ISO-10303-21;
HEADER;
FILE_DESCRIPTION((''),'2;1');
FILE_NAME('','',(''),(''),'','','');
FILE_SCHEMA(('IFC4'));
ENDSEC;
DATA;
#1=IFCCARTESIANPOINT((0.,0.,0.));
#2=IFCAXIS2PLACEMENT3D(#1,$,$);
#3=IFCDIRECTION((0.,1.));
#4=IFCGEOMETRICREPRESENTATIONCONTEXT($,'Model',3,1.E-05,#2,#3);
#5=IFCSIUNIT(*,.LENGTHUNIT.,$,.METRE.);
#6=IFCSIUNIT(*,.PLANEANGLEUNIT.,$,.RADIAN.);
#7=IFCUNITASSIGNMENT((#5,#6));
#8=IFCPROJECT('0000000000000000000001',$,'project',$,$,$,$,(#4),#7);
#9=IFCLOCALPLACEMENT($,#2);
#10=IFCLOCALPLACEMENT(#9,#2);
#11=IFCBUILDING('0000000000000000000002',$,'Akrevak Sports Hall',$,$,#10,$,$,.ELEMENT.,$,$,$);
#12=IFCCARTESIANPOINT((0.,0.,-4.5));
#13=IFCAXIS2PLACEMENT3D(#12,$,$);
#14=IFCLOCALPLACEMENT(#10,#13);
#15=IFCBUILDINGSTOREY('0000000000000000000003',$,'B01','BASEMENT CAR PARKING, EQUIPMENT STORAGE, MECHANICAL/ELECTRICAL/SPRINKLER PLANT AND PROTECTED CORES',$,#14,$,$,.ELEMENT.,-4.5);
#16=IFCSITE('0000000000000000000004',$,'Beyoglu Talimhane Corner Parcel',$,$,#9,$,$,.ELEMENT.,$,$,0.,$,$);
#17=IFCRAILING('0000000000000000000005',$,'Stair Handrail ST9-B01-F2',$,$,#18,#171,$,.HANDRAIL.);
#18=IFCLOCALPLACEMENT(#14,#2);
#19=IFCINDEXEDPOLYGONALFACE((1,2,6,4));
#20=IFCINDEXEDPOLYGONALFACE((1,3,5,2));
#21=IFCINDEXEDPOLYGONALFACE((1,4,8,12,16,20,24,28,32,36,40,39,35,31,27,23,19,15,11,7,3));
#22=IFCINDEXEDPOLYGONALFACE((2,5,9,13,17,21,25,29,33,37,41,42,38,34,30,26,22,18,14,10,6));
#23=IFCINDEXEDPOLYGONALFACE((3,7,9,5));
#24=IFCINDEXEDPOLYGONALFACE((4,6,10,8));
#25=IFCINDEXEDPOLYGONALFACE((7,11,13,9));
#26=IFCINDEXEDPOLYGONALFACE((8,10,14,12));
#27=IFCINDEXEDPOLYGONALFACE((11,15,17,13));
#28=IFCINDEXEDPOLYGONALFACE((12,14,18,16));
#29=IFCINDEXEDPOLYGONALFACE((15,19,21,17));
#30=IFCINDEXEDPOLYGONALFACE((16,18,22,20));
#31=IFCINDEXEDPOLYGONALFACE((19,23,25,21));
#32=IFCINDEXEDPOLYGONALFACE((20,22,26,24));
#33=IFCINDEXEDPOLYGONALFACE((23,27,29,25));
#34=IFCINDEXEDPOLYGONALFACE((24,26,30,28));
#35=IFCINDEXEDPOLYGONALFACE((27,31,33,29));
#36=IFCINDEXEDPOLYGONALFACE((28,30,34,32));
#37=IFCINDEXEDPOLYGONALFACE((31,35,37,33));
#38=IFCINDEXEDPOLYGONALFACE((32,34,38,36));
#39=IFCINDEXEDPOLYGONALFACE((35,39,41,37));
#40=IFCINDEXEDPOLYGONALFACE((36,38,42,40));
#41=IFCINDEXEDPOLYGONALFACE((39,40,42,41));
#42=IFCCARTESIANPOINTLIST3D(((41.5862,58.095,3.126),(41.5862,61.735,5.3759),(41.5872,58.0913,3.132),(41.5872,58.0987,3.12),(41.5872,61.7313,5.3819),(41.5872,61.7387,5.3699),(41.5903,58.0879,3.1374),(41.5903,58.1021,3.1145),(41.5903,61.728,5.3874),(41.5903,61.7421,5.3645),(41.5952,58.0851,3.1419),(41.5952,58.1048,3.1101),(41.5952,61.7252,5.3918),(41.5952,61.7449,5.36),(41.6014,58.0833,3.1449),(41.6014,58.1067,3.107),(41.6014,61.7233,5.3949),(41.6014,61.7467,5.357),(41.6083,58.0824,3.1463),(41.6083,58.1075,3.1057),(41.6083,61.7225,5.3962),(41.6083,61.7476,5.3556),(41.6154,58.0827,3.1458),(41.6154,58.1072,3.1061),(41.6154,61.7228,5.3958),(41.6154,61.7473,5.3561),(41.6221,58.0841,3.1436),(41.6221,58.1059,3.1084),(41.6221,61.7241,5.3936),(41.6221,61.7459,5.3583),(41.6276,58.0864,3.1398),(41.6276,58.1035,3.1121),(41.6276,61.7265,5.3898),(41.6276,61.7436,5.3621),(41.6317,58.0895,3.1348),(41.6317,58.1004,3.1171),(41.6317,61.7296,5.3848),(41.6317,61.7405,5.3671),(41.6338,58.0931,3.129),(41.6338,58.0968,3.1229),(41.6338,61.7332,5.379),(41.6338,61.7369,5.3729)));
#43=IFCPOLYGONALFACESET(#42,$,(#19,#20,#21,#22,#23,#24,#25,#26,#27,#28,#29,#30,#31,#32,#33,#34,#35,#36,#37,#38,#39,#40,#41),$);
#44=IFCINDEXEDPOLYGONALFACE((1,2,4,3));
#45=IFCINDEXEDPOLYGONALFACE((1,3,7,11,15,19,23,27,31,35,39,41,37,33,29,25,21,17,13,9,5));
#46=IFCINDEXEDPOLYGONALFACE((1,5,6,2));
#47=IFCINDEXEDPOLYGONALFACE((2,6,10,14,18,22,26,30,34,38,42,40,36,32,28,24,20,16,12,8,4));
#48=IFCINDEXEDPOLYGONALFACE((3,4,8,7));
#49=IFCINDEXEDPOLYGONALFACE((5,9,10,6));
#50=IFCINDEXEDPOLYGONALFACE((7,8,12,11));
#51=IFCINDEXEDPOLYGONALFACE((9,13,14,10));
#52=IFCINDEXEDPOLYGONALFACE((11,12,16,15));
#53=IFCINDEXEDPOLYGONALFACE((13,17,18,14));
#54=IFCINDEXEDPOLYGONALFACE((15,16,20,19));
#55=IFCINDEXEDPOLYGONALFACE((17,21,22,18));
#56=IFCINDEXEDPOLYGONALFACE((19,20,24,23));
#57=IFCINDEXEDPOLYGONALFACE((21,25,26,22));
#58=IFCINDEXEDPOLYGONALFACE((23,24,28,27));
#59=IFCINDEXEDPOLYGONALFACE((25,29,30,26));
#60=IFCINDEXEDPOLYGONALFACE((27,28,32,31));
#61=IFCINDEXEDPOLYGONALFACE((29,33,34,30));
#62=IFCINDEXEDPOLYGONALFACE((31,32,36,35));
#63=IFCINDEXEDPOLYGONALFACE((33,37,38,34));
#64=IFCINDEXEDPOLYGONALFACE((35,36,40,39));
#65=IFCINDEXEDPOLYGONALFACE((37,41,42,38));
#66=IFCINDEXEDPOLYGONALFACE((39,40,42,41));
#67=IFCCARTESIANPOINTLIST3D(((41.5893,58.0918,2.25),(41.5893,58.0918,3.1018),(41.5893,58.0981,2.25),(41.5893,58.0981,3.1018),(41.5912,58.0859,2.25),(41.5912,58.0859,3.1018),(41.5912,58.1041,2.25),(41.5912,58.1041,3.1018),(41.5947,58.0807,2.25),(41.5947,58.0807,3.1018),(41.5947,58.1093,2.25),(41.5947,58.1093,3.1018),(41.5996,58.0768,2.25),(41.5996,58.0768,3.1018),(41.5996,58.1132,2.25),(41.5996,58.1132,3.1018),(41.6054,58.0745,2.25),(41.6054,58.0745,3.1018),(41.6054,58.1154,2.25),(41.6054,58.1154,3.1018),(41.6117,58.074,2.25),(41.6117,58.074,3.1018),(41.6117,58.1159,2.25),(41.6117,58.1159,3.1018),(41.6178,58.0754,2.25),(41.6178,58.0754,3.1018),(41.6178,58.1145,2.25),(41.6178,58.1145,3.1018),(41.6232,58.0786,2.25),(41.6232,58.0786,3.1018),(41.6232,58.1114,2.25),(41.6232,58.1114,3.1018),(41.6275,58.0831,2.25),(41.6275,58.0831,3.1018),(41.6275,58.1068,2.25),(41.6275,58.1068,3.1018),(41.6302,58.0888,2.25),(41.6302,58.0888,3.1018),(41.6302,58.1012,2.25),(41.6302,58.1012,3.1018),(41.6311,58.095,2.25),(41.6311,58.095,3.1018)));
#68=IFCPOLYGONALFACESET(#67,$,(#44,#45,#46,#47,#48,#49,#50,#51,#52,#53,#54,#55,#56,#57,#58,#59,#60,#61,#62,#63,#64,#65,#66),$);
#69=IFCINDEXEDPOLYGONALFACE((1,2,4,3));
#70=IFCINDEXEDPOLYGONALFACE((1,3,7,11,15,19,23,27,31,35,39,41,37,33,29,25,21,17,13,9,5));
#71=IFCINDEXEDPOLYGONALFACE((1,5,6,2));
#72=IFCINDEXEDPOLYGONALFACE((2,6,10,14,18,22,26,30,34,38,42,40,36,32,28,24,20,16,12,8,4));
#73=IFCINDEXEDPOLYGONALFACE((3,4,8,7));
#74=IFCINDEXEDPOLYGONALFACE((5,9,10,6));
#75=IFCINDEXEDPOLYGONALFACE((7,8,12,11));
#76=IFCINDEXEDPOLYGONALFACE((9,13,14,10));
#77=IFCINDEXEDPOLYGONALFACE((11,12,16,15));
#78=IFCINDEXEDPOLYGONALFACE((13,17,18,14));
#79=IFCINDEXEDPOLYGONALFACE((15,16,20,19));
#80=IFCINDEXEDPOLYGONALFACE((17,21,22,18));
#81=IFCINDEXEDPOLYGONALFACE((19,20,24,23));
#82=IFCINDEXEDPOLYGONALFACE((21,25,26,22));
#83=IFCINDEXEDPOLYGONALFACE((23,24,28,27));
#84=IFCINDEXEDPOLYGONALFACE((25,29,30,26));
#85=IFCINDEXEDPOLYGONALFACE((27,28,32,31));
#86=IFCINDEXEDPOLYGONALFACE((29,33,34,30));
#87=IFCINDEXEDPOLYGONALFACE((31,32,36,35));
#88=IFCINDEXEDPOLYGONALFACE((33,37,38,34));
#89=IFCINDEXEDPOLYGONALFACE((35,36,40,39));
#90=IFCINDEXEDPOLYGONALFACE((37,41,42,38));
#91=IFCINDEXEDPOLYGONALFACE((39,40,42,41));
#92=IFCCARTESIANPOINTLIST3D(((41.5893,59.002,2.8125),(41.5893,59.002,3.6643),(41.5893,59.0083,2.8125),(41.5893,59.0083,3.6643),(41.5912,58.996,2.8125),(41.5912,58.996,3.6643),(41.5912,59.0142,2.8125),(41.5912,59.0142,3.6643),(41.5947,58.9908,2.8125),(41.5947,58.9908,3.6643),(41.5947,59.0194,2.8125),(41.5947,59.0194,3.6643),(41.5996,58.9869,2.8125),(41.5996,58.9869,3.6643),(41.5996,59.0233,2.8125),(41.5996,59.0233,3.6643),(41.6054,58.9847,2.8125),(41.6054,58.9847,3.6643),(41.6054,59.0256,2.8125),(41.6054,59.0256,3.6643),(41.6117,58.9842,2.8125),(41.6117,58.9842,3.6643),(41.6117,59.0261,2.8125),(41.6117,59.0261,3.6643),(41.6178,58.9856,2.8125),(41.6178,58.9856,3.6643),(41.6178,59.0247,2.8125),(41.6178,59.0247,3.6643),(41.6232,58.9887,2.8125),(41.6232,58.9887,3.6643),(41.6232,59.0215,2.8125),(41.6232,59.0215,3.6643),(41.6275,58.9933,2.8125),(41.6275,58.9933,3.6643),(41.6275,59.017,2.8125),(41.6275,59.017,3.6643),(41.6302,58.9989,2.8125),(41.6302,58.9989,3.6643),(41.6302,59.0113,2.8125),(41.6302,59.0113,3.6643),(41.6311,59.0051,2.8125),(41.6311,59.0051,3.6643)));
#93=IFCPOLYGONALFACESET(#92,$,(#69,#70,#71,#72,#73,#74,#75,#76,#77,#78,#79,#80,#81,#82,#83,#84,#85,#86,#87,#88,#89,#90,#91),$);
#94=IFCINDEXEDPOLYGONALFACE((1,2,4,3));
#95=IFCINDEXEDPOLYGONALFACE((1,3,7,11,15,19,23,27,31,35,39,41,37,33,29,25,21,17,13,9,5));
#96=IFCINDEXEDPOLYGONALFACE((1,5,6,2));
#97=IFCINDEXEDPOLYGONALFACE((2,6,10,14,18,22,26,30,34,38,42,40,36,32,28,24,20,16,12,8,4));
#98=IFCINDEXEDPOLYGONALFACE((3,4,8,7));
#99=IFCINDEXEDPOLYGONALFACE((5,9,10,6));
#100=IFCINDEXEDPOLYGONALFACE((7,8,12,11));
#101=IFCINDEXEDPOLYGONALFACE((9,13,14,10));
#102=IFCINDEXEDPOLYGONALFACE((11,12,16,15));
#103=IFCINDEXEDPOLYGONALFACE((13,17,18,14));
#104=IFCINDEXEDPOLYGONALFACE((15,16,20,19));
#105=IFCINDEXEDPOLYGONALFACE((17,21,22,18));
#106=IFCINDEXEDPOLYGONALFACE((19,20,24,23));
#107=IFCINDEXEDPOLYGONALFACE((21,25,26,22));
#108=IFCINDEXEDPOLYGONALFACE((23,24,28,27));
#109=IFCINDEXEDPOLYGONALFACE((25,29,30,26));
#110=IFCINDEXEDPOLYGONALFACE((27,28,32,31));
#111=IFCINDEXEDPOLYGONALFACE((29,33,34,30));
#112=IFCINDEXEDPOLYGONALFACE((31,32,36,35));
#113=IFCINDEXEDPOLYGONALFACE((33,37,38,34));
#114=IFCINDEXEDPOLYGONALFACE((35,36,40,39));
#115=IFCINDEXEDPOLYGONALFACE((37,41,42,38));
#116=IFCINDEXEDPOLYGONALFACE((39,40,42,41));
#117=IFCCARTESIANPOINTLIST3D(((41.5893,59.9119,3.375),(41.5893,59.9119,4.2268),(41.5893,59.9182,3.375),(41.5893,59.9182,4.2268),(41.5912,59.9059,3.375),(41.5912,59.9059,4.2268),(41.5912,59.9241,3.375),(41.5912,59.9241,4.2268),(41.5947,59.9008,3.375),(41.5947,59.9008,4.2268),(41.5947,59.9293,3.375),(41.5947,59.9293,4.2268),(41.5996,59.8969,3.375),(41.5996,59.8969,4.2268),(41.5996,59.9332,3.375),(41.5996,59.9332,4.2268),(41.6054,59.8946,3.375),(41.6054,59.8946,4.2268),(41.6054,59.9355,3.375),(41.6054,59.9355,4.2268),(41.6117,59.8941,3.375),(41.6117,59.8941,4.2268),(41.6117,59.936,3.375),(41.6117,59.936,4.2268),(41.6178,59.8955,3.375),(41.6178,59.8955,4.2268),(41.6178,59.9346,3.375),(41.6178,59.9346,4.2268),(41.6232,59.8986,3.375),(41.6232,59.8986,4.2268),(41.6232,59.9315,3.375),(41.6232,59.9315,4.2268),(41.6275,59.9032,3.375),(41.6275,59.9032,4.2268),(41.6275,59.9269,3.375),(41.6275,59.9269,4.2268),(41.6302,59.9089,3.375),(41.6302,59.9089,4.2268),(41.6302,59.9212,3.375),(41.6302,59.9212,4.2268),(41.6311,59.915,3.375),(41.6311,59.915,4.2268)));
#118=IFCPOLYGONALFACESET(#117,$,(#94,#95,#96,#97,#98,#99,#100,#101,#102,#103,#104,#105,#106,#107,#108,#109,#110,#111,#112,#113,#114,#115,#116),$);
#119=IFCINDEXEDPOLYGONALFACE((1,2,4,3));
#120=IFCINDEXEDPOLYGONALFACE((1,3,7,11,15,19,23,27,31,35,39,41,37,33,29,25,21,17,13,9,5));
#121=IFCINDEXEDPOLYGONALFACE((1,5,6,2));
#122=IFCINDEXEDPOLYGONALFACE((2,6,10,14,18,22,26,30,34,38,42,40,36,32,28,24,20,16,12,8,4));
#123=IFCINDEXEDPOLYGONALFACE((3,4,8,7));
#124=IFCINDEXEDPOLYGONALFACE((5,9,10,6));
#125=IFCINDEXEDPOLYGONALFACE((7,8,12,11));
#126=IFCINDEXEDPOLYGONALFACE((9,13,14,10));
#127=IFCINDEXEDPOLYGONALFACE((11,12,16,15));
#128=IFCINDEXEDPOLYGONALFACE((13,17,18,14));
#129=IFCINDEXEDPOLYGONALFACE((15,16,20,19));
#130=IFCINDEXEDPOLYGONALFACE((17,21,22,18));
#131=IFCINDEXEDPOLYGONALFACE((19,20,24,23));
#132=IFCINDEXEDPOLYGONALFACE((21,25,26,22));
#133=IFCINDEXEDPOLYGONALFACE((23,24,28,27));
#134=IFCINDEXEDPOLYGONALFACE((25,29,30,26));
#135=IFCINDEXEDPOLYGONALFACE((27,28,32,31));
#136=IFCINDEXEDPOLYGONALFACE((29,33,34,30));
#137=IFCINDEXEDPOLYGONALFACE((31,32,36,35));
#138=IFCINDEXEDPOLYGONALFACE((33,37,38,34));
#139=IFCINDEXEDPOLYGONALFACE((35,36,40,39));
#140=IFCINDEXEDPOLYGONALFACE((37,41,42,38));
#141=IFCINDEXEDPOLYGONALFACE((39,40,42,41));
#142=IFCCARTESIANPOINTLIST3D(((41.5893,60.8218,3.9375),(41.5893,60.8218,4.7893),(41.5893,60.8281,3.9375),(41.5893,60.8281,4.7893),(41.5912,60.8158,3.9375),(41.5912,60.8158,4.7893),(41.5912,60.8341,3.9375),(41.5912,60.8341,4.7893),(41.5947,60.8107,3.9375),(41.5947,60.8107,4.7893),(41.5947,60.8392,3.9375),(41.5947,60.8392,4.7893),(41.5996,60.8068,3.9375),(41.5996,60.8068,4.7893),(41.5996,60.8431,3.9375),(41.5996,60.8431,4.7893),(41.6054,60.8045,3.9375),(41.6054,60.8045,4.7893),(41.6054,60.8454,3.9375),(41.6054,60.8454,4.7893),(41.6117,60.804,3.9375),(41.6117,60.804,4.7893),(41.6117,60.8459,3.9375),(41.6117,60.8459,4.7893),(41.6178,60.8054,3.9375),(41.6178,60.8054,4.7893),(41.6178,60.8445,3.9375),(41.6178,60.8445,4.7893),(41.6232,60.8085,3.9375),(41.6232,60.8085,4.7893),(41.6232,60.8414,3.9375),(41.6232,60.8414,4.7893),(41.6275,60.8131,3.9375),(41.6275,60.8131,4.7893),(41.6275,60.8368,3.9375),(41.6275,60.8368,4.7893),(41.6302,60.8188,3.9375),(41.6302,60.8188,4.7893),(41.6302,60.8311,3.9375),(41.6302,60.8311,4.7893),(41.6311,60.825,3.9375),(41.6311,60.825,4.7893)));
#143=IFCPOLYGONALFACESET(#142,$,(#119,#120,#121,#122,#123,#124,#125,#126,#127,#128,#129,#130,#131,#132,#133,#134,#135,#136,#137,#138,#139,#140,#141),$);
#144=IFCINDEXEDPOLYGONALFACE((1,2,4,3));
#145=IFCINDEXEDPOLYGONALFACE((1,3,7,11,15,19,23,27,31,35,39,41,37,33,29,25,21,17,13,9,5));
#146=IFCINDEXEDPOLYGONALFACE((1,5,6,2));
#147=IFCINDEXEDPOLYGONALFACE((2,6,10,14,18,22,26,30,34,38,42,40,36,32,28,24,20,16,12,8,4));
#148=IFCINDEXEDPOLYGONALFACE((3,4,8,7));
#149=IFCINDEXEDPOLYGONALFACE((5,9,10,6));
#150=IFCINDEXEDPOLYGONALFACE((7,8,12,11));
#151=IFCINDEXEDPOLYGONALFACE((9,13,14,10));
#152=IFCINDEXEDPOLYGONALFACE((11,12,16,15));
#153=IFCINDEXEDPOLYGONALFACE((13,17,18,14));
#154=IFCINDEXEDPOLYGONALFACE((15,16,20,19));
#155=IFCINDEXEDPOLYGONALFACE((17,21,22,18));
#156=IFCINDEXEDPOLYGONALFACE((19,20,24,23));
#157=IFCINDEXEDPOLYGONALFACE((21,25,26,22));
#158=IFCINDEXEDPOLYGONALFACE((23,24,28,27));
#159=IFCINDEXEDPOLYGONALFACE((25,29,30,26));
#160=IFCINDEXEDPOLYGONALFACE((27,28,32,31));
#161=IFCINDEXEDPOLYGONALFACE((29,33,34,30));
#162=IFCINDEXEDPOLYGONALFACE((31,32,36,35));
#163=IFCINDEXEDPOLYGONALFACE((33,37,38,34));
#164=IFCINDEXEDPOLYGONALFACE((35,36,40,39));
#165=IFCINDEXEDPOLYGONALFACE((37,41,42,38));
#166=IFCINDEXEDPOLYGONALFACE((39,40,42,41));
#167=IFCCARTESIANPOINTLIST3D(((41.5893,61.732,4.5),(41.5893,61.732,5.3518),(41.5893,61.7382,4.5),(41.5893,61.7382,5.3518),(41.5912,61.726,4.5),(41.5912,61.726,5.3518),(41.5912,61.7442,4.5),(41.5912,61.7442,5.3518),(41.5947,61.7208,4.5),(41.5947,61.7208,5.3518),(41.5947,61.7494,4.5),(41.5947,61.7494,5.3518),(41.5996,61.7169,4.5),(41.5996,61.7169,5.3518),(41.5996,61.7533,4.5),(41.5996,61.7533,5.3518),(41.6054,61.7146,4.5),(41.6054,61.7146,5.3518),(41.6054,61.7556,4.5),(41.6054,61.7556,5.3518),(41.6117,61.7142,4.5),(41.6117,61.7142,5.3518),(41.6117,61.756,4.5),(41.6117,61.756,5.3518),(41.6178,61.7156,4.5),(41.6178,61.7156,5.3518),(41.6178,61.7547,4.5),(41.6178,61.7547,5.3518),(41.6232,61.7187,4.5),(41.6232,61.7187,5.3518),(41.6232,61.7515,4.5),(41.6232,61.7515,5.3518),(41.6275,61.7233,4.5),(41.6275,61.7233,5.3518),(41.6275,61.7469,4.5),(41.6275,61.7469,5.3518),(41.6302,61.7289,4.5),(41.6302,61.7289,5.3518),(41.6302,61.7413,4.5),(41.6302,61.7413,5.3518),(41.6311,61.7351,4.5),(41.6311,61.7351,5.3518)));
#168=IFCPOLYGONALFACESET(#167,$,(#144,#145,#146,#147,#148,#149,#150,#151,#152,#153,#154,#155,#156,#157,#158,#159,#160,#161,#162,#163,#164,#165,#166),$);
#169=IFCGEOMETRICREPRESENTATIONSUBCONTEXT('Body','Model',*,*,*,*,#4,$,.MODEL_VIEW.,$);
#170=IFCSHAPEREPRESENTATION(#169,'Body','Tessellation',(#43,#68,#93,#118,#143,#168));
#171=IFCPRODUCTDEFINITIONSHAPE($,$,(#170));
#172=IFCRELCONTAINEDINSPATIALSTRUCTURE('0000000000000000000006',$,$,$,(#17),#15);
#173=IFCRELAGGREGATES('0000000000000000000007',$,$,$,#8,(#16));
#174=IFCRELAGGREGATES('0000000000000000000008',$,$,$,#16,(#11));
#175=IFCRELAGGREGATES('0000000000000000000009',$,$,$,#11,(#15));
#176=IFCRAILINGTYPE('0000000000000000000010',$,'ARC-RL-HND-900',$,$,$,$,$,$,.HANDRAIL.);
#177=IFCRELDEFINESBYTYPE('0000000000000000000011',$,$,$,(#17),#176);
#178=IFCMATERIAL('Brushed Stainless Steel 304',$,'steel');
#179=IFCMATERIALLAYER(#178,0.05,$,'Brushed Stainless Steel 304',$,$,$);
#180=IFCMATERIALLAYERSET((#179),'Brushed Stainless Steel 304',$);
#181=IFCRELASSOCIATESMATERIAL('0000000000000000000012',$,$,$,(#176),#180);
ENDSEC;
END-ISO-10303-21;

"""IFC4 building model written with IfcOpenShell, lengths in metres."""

from ifc_helpers import new_model, si_unit, direction, frame, origin, origin_2d, place, context, subcontext, project, spatial, circle, extrude, material, layer, layer_set, type_object, element, save


model = new_model("IFC4")

# Units and contexts
model_context = context("Model", 3, precision=1e-05, world=origin(), true_north=direction((0.0, 1.0)))
body_context = subcontext(model_context, "Body", "Model", "MODEL_VIEW")
ifc_project = project(units=[si_unit("LENGTHUNIT", "METRE"), si_unit("PLANEANGLEUNIT", "RADIAN")], contexts=[model_context])

# Site, building, storey
site_placement = place(None, origin())
site = spatial("IfcSite", under=ifc_project, at=site_placement, Name="Beyoglu Talimhane Corner Parcel", CompositionType="ELEMENT", RefElevation=0.0)
building_placement = place(site_placement, origin())
building = spatial("IfcBuilding", under=site, at=building_placement, Name="Akrevak Sports Hall", CompositionType="ELEMENT")
storey_placement = place(building_placement, frame((0.0, 0.0, -4.5)))
storey = spatial("IfcBuildingStorey", under=building, at=storey_placement, Name="B01", Description="BASEMENT CAR PARKING, EQUIPMENT STORAGE, MECHANICAL/ELECTRICAL/SPRINKLER PLANT AND PROTECTED CORES", CompositionType="ELEMENT", Elevation=-4.5)

# Railing
ifc_material_1 = material(Name="Brushed Stainless Steel 304", Category="steel")
ifc_layer_1 = layer(ifc_material_1, 0.05, Name="Brushed Stainless Steel 304")
ifc_layer_set_1 = layer_set([ifc_layer_1], Name="Brushed Stainless Steel 304")
railing_type_1 = type_object("IfcRailingType", Name="ARC-RL-HND-900", PredefinedType="HANDRAIL", material=ifc_layer_set_1)
railing_1_placement = place(storey_placement, frame((41.6101, 58.095, 2.25)))
element("IfcRailing", 1, at=railing_1_placement, inside=storey, type_object=railing_type_1, Name="Stair Handrail ST9-B01-F2", PredefinedType="HANDRAIL", context=body_context, shape_type="SweptSolid", body=[
    extrude(circle(Radius=0.0239, at=origin_2d()), frame((0.0, 0.0, 0.876), z_axis=(0.0, 0.850622, 0.525777), x_axis=(-1.0, 0.0, 0.0)), (0.0, 0.0, 1.0), 4.2793),
    extrude(circle(Radius=0.021, at=origin_2d()), origin(), (0.0, 0.0, 1.0), 0.8518),
    extrude(circle(Radius=0.021, at=origin_2d()), frame((0.0, 0.9102, 0.5625)), (0.0, 0.0, 1.0), 0.8518),
    extrude(circle(Radius=0.021, at=origin_2d()), frame((0.0, 1.8201, 1.125)), (0.0, 0.0, 1.0), 0.8518),
    extrude(circle(Radius=0.021, at=origin_2d()), frame((0.0, 2.73, 1.6875)), (0.0, 0.0, 1.0), 0.8518),
    extrude(circle(Radius=0.021, at=origin_2d()), frame((0.0, 3.6401, 2.25)), (0.0, 0.0, 1.0), 0.8518),
])

save(model, "model.ifc")
